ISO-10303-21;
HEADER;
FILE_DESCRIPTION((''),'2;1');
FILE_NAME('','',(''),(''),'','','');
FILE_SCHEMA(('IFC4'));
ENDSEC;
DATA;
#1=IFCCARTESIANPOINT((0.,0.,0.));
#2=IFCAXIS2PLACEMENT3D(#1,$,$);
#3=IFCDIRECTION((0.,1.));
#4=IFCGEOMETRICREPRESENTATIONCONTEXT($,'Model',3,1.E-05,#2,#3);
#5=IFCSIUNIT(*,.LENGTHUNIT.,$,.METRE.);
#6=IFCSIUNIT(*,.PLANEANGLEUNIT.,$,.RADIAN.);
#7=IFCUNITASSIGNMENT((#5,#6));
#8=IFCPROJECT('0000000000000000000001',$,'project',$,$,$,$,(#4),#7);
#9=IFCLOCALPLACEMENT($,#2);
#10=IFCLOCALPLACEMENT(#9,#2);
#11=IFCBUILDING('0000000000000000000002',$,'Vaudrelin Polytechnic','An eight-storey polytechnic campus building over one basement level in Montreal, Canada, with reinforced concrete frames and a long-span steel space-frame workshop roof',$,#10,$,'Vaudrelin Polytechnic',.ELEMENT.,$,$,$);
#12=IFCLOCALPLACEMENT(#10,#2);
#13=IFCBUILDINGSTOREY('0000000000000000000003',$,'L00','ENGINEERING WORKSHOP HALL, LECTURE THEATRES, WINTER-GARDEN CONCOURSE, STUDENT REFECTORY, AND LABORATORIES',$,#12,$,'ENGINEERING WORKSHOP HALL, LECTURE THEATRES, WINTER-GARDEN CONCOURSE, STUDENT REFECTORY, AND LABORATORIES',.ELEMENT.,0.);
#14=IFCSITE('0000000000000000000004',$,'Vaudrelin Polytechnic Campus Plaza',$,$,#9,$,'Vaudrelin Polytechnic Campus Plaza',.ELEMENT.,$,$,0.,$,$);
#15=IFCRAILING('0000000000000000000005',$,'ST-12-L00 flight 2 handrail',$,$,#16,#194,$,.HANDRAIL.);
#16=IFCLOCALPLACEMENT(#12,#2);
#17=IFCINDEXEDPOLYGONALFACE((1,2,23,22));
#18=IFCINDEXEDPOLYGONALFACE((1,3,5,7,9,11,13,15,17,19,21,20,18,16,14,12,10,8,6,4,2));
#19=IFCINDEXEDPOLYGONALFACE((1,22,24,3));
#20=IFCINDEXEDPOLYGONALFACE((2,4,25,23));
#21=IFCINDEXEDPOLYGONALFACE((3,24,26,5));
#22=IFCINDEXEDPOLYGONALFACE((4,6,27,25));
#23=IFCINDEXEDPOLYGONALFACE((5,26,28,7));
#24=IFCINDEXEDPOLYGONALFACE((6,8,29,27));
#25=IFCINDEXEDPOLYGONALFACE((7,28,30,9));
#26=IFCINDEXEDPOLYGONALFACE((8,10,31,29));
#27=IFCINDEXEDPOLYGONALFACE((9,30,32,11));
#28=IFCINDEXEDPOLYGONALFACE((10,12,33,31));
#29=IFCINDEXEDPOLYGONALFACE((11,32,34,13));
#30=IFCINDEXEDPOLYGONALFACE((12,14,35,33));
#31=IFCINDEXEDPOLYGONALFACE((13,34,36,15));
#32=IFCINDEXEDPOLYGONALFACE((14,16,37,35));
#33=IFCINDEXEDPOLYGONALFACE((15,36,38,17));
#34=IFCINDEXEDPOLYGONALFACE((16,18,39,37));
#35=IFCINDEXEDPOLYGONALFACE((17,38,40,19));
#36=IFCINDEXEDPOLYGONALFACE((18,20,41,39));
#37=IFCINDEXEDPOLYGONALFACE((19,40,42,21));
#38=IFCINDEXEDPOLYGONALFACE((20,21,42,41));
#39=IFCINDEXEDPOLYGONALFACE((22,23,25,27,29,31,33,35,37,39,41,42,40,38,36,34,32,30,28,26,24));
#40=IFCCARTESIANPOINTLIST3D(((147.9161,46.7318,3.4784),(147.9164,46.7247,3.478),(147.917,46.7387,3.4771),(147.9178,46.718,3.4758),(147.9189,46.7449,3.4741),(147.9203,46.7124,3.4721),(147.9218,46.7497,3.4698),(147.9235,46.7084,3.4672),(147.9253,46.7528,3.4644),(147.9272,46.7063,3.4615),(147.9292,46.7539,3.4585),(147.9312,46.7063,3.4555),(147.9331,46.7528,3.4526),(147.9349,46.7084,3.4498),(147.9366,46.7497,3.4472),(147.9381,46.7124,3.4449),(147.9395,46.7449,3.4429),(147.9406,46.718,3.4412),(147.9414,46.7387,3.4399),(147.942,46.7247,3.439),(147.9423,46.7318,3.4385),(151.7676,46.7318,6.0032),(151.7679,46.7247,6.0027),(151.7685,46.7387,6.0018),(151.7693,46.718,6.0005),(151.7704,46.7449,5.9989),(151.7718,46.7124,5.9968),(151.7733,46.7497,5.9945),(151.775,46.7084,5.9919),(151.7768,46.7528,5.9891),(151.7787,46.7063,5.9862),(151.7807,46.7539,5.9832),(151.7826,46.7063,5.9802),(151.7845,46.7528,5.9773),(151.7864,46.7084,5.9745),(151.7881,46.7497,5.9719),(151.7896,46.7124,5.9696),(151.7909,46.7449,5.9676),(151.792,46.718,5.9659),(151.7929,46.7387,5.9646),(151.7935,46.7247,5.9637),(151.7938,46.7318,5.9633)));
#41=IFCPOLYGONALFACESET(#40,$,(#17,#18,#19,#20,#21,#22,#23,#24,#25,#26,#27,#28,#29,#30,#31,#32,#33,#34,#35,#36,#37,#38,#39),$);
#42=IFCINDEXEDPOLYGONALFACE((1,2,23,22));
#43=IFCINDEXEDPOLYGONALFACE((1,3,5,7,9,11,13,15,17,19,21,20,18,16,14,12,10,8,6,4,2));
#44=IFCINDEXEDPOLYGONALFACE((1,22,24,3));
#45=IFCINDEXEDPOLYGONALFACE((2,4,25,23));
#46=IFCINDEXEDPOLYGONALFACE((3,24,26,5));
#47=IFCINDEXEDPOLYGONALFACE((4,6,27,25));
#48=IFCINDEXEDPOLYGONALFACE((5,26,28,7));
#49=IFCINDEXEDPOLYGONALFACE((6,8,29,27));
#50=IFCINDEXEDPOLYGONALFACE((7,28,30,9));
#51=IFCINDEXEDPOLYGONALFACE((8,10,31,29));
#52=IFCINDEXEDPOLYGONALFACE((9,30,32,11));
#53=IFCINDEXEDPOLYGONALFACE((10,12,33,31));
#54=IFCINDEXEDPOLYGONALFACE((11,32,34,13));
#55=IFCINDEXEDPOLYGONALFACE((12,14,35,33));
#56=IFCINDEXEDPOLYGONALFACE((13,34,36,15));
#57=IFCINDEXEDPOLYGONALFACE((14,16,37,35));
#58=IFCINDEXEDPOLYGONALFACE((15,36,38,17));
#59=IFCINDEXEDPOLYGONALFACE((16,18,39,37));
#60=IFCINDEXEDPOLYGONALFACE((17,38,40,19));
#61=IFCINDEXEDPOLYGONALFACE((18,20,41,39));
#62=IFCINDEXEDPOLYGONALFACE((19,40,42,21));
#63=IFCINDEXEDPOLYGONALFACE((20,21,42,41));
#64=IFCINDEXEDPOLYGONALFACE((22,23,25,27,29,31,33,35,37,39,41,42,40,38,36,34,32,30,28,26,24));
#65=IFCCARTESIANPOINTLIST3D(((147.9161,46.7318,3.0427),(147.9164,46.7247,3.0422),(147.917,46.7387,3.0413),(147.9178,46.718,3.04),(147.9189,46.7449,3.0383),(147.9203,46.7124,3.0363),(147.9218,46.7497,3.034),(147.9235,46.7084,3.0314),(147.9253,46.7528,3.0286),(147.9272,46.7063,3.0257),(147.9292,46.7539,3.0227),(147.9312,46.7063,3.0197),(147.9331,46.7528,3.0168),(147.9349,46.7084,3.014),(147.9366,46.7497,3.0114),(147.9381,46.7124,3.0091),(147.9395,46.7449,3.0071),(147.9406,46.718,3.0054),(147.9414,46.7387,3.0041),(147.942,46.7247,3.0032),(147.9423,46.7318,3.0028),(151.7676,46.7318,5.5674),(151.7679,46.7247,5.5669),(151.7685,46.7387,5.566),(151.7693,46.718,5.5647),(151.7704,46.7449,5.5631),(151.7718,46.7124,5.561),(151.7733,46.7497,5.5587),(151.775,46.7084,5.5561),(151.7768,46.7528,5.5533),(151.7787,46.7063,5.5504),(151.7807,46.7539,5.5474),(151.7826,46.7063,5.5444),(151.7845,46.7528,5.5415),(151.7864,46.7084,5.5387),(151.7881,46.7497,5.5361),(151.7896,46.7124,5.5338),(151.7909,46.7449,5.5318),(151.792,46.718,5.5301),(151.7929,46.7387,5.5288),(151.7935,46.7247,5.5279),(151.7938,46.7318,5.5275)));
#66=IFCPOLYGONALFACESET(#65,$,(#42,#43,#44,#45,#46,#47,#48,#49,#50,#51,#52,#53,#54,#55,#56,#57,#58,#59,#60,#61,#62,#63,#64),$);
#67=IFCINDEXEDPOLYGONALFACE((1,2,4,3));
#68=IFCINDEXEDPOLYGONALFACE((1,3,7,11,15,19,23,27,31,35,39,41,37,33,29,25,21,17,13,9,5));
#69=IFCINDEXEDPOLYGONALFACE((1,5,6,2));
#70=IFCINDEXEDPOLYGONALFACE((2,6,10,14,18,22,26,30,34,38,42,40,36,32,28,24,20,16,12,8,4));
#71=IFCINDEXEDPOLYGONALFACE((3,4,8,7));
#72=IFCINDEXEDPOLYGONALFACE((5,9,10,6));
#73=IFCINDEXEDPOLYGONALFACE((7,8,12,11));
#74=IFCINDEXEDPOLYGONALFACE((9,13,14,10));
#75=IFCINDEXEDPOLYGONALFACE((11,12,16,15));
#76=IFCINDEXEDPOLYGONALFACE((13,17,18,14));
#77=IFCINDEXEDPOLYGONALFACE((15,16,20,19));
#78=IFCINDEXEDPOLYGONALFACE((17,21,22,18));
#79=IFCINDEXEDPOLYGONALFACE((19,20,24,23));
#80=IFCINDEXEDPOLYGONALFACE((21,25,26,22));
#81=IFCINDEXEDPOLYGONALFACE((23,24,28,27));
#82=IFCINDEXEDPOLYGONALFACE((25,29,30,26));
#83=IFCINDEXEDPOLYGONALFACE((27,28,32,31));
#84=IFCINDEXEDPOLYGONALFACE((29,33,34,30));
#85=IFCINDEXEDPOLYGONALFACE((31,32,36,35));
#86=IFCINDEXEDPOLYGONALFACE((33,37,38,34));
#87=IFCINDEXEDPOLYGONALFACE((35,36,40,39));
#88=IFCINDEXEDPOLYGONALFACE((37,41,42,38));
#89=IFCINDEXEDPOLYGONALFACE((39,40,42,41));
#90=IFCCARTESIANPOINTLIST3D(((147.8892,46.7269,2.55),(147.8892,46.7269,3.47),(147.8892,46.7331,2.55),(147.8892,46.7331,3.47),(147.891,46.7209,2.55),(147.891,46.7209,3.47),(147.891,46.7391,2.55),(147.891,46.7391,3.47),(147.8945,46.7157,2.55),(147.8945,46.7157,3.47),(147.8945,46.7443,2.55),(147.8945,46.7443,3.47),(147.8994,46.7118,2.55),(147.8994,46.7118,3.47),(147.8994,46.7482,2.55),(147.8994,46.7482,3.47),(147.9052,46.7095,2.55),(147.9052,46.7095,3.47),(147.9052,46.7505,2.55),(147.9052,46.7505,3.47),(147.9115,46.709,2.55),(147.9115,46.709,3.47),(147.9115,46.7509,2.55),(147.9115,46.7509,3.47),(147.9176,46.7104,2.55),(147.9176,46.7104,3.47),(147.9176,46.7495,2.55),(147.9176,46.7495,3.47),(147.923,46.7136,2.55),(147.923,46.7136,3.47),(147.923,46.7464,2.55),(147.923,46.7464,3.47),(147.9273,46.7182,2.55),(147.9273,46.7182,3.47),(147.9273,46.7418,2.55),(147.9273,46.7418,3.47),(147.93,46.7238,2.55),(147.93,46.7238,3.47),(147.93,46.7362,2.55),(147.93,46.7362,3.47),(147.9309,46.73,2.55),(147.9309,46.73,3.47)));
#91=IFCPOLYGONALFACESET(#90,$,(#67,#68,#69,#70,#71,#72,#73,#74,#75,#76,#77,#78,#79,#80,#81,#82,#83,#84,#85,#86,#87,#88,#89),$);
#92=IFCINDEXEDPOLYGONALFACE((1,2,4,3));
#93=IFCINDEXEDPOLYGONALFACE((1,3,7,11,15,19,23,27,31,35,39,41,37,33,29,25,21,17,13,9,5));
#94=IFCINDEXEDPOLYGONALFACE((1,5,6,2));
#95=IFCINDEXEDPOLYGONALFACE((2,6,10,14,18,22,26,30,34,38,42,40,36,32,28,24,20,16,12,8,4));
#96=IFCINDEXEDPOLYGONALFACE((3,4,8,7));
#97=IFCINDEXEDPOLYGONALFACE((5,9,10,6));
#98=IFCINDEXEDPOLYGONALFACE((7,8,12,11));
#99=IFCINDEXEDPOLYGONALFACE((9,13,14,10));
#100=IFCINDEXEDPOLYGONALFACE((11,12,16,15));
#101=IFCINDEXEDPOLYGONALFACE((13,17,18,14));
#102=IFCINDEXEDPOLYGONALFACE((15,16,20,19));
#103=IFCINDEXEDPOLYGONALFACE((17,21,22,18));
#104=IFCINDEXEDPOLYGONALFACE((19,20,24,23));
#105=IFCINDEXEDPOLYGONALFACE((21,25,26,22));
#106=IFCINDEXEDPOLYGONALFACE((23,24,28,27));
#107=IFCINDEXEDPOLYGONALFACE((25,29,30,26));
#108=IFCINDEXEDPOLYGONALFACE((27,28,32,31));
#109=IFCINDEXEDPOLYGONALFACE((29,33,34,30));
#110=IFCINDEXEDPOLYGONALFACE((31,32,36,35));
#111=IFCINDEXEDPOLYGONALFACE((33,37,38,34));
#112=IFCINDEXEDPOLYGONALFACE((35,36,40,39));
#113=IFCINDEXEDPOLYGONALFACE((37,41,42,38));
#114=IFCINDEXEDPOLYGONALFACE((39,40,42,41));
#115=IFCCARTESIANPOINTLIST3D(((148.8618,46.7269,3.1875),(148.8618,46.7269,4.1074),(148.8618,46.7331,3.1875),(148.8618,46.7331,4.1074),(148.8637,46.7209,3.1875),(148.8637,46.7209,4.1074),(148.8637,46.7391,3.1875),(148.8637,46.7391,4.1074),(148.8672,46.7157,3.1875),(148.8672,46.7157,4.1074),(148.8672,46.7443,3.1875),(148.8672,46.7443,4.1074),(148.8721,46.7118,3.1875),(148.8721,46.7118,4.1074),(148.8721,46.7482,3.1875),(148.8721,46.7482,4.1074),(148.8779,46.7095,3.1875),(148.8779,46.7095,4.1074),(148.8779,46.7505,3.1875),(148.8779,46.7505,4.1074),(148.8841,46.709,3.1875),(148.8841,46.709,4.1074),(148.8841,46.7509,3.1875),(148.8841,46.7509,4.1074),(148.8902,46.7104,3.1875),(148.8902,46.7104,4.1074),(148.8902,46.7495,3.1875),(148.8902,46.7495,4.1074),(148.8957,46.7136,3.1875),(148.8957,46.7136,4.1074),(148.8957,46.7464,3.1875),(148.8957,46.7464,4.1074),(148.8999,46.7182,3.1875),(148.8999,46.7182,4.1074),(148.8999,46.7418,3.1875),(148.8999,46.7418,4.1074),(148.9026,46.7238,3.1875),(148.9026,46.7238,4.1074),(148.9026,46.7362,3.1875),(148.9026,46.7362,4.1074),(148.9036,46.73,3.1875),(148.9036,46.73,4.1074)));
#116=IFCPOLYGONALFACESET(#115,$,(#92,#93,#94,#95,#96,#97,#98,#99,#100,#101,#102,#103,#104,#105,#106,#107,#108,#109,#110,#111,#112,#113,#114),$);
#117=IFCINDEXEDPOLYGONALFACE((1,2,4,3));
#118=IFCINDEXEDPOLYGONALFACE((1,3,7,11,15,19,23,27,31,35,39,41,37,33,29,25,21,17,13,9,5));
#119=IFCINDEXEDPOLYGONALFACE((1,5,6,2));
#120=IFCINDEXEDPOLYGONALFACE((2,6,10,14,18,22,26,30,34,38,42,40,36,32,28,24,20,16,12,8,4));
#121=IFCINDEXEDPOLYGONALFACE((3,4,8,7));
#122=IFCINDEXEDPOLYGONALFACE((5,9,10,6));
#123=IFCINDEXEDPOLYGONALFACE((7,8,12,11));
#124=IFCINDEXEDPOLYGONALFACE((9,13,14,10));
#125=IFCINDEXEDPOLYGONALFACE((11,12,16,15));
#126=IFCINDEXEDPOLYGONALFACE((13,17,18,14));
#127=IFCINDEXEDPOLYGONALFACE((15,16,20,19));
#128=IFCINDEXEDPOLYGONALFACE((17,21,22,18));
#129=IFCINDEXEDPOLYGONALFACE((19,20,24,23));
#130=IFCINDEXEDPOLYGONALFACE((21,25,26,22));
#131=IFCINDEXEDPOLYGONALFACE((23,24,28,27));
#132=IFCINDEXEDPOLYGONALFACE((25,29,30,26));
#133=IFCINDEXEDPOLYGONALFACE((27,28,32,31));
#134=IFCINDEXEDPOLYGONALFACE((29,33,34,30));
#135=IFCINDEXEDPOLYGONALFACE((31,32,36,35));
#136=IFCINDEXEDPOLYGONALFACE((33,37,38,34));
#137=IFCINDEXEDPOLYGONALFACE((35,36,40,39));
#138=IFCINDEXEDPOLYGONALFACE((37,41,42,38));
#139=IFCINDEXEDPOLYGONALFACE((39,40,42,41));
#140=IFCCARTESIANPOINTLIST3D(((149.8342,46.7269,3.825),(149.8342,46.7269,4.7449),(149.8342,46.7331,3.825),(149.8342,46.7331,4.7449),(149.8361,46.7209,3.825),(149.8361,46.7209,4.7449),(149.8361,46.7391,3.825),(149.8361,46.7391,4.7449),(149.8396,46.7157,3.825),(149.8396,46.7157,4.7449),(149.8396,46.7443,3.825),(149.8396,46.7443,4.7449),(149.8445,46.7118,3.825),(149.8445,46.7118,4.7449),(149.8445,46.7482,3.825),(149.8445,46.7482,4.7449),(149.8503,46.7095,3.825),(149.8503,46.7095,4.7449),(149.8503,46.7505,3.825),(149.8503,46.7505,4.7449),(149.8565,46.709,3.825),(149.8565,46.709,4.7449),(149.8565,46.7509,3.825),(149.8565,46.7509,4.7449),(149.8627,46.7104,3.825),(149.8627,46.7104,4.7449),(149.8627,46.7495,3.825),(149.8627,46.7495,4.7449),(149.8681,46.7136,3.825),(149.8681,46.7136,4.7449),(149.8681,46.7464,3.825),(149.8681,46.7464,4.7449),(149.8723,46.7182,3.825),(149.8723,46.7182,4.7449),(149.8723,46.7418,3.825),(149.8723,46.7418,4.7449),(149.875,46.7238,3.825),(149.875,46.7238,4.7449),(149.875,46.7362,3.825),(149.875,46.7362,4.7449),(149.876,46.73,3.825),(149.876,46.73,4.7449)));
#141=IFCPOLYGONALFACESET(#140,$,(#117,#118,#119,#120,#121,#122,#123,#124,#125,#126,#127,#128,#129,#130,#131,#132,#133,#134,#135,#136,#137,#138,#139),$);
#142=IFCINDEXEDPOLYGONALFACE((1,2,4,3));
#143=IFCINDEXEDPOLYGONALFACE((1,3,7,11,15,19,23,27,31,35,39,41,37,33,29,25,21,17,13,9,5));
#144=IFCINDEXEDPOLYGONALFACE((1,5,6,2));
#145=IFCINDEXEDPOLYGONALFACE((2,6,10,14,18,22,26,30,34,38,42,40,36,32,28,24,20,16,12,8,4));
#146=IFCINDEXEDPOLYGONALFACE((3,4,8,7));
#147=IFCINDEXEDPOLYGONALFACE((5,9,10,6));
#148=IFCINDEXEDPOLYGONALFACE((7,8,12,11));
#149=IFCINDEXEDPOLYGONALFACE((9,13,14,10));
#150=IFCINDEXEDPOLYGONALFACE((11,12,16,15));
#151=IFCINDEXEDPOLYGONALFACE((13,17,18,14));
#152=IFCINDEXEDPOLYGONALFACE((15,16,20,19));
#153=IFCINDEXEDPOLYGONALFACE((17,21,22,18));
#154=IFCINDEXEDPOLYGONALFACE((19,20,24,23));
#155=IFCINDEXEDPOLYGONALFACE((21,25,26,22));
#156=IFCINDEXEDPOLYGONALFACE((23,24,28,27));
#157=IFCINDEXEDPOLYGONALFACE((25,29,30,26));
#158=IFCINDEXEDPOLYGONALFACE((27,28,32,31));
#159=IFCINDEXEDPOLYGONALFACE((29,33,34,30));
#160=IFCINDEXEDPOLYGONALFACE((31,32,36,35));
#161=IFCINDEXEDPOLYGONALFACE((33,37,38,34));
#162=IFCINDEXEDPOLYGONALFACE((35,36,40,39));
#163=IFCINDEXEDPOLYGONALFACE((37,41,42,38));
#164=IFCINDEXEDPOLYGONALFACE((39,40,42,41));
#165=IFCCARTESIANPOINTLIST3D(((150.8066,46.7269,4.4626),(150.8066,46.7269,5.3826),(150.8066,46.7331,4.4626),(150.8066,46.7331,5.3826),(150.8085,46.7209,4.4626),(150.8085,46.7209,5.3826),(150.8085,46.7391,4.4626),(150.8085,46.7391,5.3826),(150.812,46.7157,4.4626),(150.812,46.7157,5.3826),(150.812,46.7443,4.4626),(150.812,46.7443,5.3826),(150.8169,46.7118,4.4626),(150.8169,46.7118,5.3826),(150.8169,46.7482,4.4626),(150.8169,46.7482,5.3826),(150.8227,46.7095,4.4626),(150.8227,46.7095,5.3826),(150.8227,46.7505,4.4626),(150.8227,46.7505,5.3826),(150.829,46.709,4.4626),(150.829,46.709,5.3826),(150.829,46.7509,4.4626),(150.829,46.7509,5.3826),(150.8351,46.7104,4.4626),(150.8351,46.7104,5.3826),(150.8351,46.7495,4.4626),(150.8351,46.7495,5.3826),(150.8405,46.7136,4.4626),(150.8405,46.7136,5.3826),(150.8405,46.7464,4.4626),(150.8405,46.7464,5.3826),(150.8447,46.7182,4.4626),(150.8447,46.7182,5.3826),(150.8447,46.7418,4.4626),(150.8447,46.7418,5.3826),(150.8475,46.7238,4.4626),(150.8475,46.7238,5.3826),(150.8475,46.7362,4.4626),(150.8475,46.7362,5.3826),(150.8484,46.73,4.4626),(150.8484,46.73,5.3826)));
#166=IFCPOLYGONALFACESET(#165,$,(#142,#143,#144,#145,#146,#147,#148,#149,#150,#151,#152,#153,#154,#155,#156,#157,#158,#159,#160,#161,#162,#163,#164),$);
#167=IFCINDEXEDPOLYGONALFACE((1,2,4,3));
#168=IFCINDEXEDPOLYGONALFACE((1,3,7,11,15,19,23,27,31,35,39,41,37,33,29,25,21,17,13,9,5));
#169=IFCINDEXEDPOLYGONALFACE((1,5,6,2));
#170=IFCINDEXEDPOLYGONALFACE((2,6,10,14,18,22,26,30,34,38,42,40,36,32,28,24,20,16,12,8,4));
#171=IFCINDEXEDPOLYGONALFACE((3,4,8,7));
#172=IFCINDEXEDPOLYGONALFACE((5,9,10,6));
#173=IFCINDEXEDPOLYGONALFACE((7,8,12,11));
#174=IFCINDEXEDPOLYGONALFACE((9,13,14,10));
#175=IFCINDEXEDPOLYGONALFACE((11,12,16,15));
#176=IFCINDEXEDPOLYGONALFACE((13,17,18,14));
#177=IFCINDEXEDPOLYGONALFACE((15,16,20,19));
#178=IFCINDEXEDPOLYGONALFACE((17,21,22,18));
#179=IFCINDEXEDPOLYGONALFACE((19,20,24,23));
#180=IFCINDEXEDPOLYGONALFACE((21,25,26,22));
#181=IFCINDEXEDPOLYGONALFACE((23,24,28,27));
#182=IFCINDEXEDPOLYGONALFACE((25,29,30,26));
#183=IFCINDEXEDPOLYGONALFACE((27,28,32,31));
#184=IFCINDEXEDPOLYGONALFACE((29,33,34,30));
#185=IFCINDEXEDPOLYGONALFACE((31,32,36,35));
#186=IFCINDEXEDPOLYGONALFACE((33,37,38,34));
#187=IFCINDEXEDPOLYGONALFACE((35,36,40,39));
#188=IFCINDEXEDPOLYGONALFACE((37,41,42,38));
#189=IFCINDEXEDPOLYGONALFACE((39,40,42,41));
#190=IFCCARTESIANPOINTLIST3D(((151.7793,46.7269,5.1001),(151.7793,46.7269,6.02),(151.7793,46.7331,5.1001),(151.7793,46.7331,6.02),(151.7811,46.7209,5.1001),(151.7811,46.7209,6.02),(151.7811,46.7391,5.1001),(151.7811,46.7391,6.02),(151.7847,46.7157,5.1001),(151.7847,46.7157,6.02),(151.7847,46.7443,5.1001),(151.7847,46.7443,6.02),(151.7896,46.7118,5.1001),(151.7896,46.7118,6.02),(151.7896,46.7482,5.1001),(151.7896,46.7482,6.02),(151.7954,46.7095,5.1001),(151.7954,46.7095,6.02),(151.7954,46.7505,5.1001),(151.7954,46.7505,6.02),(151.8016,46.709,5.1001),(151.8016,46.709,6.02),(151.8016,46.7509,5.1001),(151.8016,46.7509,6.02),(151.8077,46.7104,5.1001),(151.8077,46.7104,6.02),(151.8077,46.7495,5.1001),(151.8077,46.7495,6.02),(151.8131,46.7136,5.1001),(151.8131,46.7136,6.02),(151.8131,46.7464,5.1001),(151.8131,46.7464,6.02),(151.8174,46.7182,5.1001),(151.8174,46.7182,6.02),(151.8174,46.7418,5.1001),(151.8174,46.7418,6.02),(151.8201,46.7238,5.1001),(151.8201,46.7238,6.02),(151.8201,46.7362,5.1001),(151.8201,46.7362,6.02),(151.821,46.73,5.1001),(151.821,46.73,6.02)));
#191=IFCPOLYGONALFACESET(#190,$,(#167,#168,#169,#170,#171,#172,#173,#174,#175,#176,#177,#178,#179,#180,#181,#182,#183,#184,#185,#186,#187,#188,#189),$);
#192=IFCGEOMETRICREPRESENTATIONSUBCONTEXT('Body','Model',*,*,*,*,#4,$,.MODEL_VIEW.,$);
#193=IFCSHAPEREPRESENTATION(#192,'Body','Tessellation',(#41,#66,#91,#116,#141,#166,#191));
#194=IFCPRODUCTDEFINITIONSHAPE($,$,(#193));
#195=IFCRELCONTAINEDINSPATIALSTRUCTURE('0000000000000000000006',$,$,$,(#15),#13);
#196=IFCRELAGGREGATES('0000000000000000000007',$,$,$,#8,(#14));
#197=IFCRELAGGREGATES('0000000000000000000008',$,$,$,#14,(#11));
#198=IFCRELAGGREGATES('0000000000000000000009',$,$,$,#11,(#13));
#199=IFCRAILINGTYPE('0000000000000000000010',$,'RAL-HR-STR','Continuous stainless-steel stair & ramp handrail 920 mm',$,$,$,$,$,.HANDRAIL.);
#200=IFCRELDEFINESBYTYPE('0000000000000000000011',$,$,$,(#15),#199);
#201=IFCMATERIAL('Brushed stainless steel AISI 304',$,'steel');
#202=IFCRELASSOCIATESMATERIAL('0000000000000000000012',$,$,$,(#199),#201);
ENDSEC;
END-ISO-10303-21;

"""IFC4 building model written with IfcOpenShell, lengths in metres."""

from ifc_helpers import new_model, si_unit, direction, frame, origin, origin_2d, place, context, subcontext, project, spatial, circle, extrude, material, type_object, element, save


model = new_model("IFC4")

# Units and contexts
model_context = context("Model", 3, precision=1e-05, world=origin(), true_north=direction((0.0, 1.0)))
body_context = subcontext(model_context, "Body", "Model", "MODEL_VIEW")
ifc_project = project(units=[si_unit("LENGTHUNIT", "METRE"), si_unit("PLANEANGLEUNIT", "RADIAN")], contexts=[model_context])

# Site, building, storey
site_placement = place(None, origin())
site = spatial("IfcSite", under=ifc_project, at=site_placement, Name="Vaudrelin Polytechnic Campus Plaza", LongName="Vaudrelin Polytechnic Campus Plaza", CompositionType="ELEMENT", RefElevation=0.0)
building_placement = place(site_placement, origin())
building = spatial("IfcBuilding", under=site, at=building_placement, Name="Vaudrelin Polytechnic", Description="An eight-storey polytechnic campus building over one basement level in Montreal, Canada, with reinforced concrete frames and a long-span steel space-frame workshop roof", LongName="Vaudrelin Polytechnic", CompositionType="ELEMENT")
storey_placement = place(building_placement, origin())
storey = spatial("IfcBuildingStorey", under=building, at=storey_placement, Name="L00", Description="ENGINEERING WORKSHOP HALL, LECTURE THEATRES, WINTER-GARDEN CONCOURSE, STUDENT REFECTORY, AND LABORATORIES", LongName="ENGINEERING WORKSHOP HALL, LECTURE THEATRES, WINTER-GARDEN CONCOURSE, STUDENT REFECTORY, AND LABORATORIES", CompositionType="ELEMENT", Elevation=0.0)

# Railing
ifc_material_1 = material(Name="Brushed stainless steel AISI 304", Category="steel")
railing_type_1 = type_object("IfcRailingType", Name="RAL-HR-STR", Description="Continuous stainless-steel stair & ramp handrail 920 mm", PredefinedType="HANDRAIL", material=ifc_material_1)
railing_1_placement = place(storey_placement, frame((147.9099, 46.73, 2.55)))
element("IfcRailing", 1, at=railing_1_placement, inside=storey, type_object=railing_type_1, Name="ST-12-L00 flight 2 handrail", PredefinedType="HANDRAIL", context=body_context, shape_type="SweptSolid", body=[
    extrude(circle(Radius=0.0239, at=origin_2d()), frame((0.0193, 0.0, 0.9084), z_axis=(0.836329, 0.0, 0.548228), x_axis=(0.0, 1.0, 0.0)), (0.0, 0.0, 1.0), 4.6052),
    extrude(circle(Radius=0.0239, at=origin_2d()), frame((0.0193, 0.0, 0.4727), z_axis=(0.836329, 0.0, 0.548228), x_axis=(0.0, 1.0, 0.0)), (0.0, 0.0, 1.0), 4.6052),
    extrude(circle(Radius=0.021, at=origin_2d()), origin(), (0.0, 0.0, 1.0), 0.9199),
    extrude(circle(Radius=0.021, at=origin_2d()), frame((0.9727, 0.0, 0.6375)), (0.0, 0.0, 1.0), 0.9199),
    extrude(circle(Radius=0.021, at=origin_2d()), frame((1.9451, 0.0, 1.2749)), (0.0, 0.0, 1.0), 0.9199),
    extrude(circle(Radius=0.021, at=origin_2d()), frame((2.9175, 0.0, 1.9126)), (0.0, 0.0, 1.0), 0.9199),
    extrude(circle(Radius=0.021, at=origin_2d()), frame((3.8901, 0.0, 2.55)), (0.0, 0.0, 1.0), 0.9199),
])

save(model, "model.ifc")
